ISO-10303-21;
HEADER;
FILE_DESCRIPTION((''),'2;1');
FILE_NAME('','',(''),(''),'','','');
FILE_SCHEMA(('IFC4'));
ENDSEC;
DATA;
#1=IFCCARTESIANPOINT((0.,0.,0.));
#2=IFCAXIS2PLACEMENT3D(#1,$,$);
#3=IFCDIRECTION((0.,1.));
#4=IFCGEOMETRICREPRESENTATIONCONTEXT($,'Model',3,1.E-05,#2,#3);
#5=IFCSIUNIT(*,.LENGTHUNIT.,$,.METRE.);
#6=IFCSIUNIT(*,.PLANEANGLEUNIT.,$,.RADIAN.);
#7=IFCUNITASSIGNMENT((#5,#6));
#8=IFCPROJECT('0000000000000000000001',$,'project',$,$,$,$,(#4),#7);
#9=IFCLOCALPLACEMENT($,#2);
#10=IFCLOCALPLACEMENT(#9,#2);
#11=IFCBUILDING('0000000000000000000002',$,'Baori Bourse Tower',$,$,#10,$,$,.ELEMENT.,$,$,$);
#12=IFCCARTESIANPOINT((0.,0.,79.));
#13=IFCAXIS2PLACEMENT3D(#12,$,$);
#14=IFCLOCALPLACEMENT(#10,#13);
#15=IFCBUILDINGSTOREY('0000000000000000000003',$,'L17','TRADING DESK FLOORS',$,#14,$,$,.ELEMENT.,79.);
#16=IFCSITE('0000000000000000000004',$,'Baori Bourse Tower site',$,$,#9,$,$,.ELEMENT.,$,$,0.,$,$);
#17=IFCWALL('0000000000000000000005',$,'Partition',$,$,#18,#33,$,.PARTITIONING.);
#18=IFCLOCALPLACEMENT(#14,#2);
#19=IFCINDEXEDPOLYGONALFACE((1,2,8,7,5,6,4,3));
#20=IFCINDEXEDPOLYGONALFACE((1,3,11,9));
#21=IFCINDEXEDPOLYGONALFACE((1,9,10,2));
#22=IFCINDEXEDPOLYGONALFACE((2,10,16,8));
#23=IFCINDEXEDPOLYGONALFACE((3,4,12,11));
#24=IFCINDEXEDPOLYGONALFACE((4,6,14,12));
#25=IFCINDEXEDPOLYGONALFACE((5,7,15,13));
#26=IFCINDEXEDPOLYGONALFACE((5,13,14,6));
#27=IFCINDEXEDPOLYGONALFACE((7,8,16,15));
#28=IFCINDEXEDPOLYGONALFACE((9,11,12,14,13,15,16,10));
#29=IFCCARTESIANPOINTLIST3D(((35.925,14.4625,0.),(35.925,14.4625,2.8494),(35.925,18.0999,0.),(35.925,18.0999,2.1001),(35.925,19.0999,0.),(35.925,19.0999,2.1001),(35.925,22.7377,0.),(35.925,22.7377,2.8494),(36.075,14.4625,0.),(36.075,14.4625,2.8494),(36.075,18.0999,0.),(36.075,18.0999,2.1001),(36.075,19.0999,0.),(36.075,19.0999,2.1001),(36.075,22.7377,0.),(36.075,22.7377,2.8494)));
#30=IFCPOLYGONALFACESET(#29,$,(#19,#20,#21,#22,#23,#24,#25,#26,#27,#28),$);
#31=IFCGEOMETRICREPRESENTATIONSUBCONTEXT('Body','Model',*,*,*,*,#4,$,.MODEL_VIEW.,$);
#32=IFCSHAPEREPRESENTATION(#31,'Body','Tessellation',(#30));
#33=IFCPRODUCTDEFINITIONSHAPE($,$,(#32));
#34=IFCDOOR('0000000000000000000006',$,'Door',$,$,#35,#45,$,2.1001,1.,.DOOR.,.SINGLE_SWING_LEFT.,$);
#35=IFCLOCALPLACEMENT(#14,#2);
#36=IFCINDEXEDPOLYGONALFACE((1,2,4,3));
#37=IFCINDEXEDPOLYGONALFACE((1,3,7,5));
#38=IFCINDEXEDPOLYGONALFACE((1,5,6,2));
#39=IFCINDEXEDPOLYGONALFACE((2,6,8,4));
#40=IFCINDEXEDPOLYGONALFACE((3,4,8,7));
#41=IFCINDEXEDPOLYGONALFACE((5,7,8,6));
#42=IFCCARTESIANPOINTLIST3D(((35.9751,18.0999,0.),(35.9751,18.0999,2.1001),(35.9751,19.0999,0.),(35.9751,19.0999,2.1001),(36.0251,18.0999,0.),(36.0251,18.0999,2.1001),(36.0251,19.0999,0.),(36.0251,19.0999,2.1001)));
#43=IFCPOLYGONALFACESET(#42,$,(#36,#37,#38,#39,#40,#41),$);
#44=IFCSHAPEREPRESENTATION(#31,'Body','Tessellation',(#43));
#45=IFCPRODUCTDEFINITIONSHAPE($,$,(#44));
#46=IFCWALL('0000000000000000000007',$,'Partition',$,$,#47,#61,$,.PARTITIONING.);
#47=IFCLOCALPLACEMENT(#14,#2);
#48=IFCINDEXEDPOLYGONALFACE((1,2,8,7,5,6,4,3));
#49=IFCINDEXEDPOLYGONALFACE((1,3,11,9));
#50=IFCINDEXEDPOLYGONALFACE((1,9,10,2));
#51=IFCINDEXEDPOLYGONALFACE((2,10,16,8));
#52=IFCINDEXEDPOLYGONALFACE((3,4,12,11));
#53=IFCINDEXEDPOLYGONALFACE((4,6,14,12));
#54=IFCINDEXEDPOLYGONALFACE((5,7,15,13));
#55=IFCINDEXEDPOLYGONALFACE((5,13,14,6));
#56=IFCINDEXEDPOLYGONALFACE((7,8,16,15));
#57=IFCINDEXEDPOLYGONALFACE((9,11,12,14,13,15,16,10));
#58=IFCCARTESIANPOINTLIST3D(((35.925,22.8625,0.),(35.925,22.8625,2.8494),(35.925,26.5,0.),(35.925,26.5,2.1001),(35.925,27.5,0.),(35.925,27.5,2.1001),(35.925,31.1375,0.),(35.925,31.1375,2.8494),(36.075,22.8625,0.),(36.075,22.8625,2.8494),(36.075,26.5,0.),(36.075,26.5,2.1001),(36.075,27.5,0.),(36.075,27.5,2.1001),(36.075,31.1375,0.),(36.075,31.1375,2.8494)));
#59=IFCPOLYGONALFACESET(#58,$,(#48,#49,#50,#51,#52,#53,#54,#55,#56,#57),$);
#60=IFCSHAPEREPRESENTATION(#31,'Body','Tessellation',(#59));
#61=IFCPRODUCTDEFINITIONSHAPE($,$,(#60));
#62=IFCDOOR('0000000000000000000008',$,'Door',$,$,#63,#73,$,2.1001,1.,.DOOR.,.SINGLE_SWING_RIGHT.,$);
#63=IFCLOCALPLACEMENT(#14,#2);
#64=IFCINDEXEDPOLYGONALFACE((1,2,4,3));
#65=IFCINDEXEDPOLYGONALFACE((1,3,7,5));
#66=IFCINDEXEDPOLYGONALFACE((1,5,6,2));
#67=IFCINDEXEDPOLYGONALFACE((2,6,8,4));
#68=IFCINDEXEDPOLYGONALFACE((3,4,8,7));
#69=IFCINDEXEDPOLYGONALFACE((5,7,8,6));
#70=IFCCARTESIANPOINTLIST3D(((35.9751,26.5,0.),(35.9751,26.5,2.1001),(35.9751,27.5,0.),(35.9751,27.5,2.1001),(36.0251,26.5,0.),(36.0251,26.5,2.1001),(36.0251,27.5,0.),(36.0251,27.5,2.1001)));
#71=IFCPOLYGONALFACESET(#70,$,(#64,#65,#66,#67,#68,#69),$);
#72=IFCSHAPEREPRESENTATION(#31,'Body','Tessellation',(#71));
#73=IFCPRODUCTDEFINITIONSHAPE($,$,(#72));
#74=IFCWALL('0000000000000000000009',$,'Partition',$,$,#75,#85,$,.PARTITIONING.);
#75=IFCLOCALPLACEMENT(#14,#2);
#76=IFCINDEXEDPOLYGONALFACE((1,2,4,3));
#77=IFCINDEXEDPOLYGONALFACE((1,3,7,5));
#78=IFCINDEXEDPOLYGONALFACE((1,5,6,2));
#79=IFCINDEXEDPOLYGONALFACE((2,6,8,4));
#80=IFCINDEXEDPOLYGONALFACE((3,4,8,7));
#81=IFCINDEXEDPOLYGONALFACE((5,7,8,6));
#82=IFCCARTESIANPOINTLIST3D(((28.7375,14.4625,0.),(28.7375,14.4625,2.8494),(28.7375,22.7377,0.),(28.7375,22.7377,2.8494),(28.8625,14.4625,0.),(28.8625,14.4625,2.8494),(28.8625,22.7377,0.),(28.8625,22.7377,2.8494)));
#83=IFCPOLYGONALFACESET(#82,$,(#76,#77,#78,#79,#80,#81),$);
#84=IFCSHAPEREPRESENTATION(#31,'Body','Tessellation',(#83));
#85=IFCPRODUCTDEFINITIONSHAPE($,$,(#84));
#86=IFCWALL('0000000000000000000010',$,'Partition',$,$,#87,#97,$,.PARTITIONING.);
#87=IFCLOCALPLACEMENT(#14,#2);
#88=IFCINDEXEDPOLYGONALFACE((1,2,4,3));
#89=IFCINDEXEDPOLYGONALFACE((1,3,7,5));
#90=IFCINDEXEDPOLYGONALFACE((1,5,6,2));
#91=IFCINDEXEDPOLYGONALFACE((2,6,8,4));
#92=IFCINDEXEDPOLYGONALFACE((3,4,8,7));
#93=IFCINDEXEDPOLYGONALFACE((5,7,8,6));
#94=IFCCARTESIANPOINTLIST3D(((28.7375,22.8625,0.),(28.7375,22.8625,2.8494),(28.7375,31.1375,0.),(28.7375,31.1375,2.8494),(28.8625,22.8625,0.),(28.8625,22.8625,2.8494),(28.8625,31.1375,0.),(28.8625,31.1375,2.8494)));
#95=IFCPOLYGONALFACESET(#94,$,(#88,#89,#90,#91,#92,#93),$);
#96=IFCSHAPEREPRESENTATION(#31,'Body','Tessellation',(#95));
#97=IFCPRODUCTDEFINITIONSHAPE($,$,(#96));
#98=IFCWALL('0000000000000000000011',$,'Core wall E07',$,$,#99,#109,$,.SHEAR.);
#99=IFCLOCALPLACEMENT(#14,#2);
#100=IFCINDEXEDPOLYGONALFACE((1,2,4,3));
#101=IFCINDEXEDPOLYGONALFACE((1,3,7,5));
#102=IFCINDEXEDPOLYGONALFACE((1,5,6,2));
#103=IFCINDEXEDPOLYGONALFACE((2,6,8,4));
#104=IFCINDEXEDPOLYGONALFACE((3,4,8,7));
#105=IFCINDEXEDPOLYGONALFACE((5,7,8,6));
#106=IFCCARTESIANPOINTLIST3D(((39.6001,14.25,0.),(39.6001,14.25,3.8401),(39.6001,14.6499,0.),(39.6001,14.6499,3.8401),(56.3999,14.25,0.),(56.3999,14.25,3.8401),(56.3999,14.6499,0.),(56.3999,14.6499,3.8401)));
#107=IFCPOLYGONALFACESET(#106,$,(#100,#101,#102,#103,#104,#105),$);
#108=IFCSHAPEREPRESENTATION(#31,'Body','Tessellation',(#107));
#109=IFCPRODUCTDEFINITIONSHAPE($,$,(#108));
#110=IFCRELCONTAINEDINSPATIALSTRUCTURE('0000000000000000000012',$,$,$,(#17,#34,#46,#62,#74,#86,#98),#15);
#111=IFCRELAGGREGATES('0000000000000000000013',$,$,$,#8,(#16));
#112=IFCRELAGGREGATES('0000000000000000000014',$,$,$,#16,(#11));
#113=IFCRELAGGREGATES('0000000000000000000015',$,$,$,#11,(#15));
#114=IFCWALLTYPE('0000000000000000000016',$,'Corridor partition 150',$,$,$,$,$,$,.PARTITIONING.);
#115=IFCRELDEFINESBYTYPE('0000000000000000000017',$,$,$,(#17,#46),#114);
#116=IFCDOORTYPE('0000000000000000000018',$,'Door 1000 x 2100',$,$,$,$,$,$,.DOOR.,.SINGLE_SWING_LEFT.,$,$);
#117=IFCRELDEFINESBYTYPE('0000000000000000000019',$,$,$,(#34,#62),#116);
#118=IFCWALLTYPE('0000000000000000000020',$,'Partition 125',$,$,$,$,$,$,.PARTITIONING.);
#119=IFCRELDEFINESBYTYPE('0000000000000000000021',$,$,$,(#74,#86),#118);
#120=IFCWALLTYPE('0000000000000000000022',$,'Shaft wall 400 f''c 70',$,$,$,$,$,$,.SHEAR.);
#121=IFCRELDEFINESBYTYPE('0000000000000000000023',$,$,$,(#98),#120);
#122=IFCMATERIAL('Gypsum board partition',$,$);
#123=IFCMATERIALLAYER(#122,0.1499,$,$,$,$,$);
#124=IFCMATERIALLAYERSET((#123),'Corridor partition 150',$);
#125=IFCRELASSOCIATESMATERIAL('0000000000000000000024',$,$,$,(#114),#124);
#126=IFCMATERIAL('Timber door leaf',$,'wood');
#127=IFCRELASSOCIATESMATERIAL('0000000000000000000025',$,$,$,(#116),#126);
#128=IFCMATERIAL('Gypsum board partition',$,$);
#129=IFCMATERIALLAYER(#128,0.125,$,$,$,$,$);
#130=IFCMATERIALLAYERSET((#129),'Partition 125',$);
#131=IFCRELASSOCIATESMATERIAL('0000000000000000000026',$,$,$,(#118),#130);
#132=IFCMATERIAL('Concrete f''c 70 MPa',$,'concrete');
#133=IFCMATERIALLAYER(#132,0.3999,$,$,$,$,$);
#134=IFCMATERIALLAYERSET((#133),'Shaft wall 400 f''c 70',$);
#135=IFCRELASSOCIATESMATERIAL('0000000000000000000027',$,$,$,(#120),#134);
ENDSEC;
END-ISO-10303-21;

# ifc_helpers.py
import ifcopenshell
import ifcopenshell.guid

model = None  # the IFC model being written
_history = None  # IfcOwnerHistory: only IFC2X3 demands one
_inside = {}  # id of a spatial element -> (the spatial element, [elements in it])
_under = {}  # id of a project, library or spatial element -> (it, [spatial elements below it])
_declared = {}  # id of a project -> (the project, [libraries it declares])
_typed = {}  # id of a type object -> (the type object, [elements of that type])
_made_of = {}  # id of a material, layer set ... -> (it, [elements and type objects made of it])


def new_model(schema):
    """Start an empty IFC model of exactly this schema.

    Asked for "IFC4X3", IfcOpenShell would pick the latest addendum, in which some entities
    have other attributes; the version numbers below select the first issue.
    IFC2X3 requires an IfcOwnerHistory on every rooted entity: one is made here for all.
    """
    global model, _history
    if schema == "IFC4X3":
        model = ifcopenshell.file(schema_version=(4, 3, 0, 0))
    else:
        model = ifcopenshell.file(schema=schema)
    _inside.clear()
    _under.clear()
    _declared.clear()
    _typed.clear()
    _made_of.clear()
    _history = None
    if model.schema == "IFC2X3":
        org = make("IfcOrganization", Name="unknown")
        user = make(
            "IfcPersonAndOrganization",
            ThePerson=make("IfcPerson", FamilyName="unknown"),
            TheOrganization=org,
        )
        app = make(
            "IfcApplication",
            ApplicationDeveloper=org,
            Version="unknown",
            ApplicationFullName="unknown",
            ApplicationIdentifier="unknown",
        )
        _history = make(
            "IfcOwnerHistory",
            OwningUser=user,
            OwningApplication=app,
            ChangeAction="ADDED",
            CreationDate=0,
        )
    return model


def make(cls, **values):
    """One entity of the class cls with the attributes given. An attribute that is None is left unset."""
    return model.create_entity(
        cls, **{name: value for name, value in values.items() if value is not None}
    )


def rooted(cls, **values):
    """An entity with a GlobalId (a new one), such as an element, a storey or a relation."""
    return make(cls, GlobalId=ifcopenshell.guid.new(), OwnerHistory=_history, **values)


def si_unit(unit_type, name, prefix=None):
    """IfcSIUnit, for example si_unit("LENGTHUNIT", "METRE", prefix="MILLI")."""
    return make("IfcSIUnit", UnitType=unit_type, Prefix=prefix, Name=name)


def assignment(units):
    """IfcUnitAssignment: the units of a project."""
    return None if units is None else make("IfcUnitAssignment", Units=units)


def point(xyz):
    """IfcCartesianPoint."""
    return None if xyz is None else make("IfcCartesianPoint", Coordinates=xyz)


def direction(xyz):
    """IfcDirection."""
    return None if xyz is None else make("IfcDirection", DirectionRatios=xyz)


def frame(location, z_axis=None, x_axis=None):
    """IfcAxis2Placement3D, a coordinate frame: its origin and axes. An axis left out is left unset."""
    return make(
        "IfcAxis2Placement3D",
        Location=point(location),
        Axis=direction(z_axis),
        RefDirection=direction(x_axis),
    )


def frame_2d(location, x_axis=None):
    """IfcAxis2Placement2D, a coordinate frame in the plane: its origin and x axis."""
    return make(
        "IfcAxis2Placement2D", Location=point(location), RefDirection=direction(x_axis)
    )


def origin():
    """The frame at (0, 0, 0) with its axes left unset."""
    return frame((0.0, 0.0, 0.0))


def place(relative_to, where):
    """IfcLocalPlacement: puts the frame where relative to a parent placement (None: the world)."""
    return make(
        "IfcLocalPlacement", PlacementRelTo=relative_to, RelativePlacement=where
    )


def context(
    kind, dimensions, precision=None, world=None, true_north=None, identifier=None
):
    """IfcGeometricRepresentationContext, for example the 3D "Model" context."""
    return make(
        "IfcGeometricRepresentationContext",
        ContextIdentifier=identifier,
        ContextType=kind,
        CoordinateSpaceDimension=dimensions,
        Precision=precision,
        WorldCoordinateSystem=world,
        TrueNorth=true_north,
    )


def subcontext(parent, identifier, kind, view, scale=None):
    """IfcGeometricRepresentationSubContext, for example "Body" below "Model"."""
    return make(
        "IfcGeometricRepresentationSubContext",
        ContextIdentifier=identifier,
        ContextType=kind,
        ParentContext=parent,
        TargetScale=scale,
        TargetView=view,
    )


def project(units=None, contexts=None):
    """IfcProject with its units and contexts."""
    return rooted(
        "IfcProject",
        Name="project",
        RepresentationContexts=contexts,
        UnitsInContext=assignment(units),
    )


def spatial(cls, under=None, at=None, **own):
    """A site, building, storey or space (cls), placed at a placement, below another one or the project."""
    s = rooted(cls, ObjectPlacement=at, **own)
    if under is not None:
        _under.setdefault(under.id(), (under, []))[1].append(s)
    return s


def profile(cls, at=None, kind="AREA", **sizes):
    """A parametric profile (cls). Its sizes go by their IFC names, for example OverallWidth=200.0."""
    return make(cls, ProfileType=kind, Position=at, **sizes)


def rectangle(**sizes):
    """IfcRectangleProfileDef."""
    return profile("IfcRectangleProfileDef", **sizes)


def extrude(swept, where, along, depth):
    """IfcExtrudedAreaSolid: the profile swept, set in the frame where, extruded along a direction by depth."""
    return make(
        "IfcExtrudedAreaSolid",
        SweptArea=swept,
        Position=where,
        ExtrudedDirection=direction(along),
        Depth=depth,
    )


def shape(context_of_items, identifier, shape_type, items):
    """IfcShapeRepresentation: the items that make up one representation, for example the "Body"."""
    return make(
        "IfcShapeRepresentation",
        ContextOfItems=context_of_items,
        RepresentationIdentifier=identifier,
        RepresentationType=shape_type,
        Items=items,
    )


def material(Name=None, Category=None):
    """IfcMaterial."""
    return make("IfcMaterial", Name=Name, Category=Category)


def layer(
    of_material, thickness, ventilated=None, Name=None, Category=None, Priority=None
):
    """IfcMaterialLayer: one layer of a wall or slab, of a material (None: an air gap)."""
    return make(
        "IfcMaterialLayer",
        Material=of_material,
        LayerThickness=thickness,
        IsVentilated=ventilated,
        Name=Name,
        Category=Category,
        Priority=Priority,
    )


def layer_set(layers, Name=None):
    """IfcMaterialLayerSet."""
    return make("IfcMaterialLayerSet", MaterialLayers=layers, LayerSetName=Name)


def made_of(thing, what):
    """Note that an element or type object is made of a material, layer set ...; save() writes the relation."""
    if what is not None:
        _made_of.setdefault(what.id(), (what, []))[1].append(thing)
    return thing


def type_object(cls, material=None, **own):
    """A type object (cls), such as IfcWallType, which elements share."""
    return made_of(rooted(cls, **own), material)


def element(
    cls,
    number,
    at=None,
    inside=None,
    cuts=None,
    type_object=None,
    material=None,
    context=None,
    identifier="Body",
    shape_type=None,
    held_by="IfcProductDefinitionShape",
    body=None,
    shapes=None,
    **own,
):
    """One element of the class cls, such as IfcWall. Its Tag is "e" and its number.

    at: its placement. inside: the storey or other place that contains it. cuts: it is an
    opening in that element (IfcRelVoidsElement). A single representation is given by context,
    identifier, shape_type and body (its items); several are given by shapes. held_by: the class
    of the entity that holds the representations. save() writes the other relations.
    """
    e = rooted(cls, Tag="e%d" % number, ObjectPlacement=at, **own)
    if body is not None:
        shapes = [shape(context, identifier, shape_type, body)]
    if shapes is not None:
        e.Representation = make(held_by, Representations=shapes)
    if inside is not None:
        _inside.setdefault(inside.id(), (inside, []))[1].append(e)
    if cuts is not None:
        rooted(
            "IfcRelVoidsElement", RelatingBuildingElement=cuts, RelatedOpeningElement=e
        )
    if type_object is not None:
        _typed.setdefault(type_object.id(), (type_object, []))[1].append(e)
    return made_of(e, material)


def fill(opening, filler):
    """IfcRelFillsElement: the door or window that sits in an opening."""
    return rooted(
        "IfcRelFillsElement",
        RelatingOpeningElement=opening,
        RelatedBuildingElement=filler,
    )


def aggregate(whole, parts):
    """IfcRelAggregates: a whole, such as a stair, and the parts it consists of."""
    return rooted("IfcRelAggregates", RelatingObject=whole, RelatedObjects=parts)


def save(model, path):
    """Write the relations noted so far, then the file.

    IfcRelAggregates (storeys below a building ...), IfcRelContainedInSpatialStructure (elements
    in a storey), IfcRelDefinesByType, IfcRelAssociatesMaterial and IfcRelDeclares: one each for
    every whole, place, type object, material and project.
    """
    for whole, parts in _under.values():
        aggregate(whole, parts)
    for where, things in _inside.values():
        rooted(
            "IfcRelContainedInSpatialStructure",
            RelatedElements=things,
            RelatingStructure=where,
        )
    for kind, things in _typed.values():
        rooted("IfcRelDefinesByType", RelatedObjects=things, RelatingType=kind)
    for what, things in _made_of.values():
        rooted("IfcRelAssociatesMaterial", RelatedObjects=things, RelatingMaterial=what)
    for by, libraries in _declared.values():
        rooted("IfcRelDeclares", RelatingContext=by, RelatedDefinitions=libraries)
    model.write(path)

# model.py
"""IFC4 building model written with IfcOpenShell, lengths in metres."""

from ifc_helpers import new_model, si_unit, direction, frame, frame_2d, origin, place, context, subcontext, project, spatial, rectangle, extrude, material, layer, layer_set, type_object, element, fill, save


model = new_model("IFC4")

# Units and contexts
model_context = context("Model", 3, precision=1e-05, world=origin(), true_north=direction((0.0, 1.0)))
body_context = subcontext(model_context, "Body", "Model", "MODEL_VIEW")
ifc_project = project(units=[si_unit("LENGTHUNIT", "METRE"), si_unit("PLANEANGLEUNIT", "RADIAN")], contexts=[model_context])

# Site, building, storey
site_placement = place(None, origin())
site = spatial("IfcSite", under=ifc_project, at=site_placement, Name="Baori Bourse Tower site", CompositionType="ELEMENT", RefElevation=0.0)
building_placement = place(site_placement, origin())
building = spatial("IfcBuilding", under=site, at=building_placement, Name="Baori Bourse Tower", CompositionType="ELEMENT")
storey_placement = place(building_placement, frame((0.0, 0.0, 79.0)))
storey = spatial("IfcBuildingStorey", under=building, at=storey_placement, Name="L17", Description="TRADING DESK FLOORS", CompositionType="ELEMENT", Elevation=79.0)

# Walls, openings, doors
ifc_material_1 = material(Name="Gypsum board partition")
ifc_layer_1 = layer(ifc_material_1, 0.1499)
ifc_layer_set_1 = layer_set([ifc_layer_1], Name="Corridor partition 150")
wall_type_1 = type_object("IfcWallType", Name="Corridor partition 150", PredefinedType="PARTITIONING", material=ifc_layer_set_1)
ifc_material_2 = material(Name="Timber door leaf", Category="wood")
door_type_1 = type_object("IfcDoorType", Name="Door 1000 x 2100", OperationType="SINGLE_SWING_LEFT", PredefinedType="DOOR", material=ifc_material_2)
wall_1_placement = place(storey_placement, frame((36.0, 14.4624, 0.0), z_axis=(0.0, 0.0, 1.0), x_axis=(0.0, 1.0, 0.0)))
wall_1 = element("IfcWall", 1, at=wall_1_placement, inside=storey, type_object=wall_type_1, Name="Partition", PredefinedType="PARTITIONING", context=body_context, shape_type="SweptSolid", body=[
    extrude(rectangle(XDim=8.2751, YDim=0.1499, at=frame_2d((4.1377, 0.0))), origin(), (0.0, 0.0, 1.0), 2.8494),
])
opening_1_placement = place(wall_1_placement, frame((3.6375, 0.0, 0.0)))
opening_1 = element("IfcOpeningElement", 2, at=opening_1_placement, cuts=wall_1, PredefinedType="OPENING", context=body_context, shape_type="SweptSolid", body=[
    extrude(rectangle(XDim=1.0, YDim=2.1001, at=frame_2d((0.5, 1.05))), frame((0.0, 0.085, 0.0), z_axis=(0.0, -1.0, 0.0), x_axis=(1.0, 0.0, 0.0)), (0.0, 0.0, 1.0), 0.1699),
])
door_1_placement = place(opening_1_placement, origin())
door_1 = element("IfcDoor", 3, at=door_1_placement, inside=storey, type_object=door_type_1, Name="Door", OperationType="SINGLE_SWING_LEFT", OverallHeight=2.1001, OverallWidth=1.0, PredefinedType="DOOR", context=body_context, shape_type="SweptSolid", body=[
    extrude(rectangle(XDim=1.0, YDim=2.1001, at=frame_2d((0.5, 1.05))), frame((0.0, 0.0249, 0.0), z_axis=(0.0, -1.0, 0.0), x_axis=(1.0, 0.0, 0.0)), (0.0, 0.0, 1.0), 0.05),
])
fill(opening_1, door_1)
wall_2_placement = place(storey_placement, frame((36.0, 22.8625, 0.0), z_axis=(0.0, 0.0, 1.0), x_axis=(0.0, 1.0, 0.0)))
wall_2 = element("IfcWall", 4, at=wall_2_placement, inside=storey, type_object=wall_type_1, Name="Partition", PredefinedType="PARTITIONING", context=body_context, shape_type="SweptSolid", body=[
    extrude(rectangle(XDim=8.2749, YDim=0.1499, at=frame_2d((4.1375, 0.0))), origin(), (0.0, 0.0, 1.0), 2.8494),
])
opening_2_placement = place(wall_2_placement, frame((3.6375, 0.0, 0.0)))
opening_2 = element("IfcOpeningElement", 5, at=opening_2_placement, cuts=wall_2, PredefinedType="OPENING", context=body_context, shape_type="SweptSolid", body=[
    extrude(rectangle(XDim=1.0, YDim=2.1001, at=frame_2d((0.5, 1.05))), frame((0.0, 0.085, 0.0), z_axis=(0.0, -1.0, 0.0), x_axis=(1.0, 0.0, 0.0)), (0.0, 0.0, 1.0), 0.1699),
])
door_2_placement = place(opening_2_placement, origin())
door_2 = element("IfcDoor", 6, at=door_2_placement, inside=storey, type_object=door_type_1, Name="Door", OperationType="SINGLE_SWING_RIGHT", OverallHeight=2.1001, OverallWidth=1.0, PredefinedType="DOOR", context=body_context, shape_type="SweptSolid", body=[
    extrude(rectangle(XDim=1.0, YDim=2.1001, at=frame_2d((0.5, 1.05))), frame((0.0, 0.0249, 0.0), z_axis=(0.0, -1.0, 0.0), x_axis=(1.0, 0.0, 0.0)), (0.0, 0.0, 1.0), 0.05),
])
fill(opening_2, door_2)

# Walls
ifc_material_3 = material(Name="Gypsum board partition")
ifc_layer_2 = layer(ifc_material_3, 0.125)
ifc_layer_set_2 = layer_set([ifc_layer_2], Name="Partition 125")
wall_type_2 = type_object("IfcWallType", Name="Partition 125", PredefinedType="PARTITIONING", material=ifc_layer_set_2)
wall_3_placement = place(storey_placement, frame((28.8, 14.4624, 0.0), z_axis=(0.0, 0.0, 1.0), x_axis=(0.0, 1.0, 0.0)))
element("IfcWall", 7, at=wall_3_placement, inside=storey, type_object=wall_type_2, Name="Partition", PredefinedType="PARTITIONING", context=body_context, shape_type="SweptSolid", body=[
    extrude(rectangle(XDim=8.2751, YDim=0.125, at=frame_2d((4.1377, 0.0))), origin(), (0.0, 0.0, 1.0), 2.8494),
])
wall_4_placement = place(storey_placement, frame((28.8, 22.8625, 0.0), z_axis=(0.0, 0.0, 1.0), x_axis=(0.0, 1.0, 0.0)))
element("IfcWall", 8, at=wall_4_placement, inside=storey, type_object=wall_type_2, Name="Partition", PredefinedType="PARTITIONING", context=body_context, shape_type="SweptSolid", body=[
    extrude(rectangle(XDim=8.2749, YDim=0.125, at=frame_2d((4.1375, 0.0))), origin(), (0.0, 0.0, 1.0), 2.8494),
])
ifc_material_4 = material(Name="Concrete f'c 70 MPa", Category="concrete")
ifc_layer_3 = layer(ifc_material_4, 0.3999)
ifc_layer_set_3 = layer_set([ifc_layer_3], Name="Shaft wall 400 f'c 70")
wall_type_3 = type_object("IfcWallType", Name="Shaft wall 400 f'c 70", PredefinedType="SHEAR", material=ifc_layer_set_3)
wall_5_placement = place(storey_placement, frame((39.6001, 14.45, 0.0), z_axis=(0.0, 0.0, 1.0), x_axis=(1.0, 0.0, 0.0)))
element("IfcWall", 9, at=wall_5_placement, inside=storey, type_object=wall_type_3, Name="Core wall E07", PredefinedType="SHEAR", context=body_context, shape_type="SweptSolid", body=[
    extrude(rectangle(XDim=16.7998, YDim=0.3999, at=frame_2d((8.3999, 0.0))), origin(), (0.0, 0.0, 1.0), 3.8401),
])

save(model, "model.ifc")
